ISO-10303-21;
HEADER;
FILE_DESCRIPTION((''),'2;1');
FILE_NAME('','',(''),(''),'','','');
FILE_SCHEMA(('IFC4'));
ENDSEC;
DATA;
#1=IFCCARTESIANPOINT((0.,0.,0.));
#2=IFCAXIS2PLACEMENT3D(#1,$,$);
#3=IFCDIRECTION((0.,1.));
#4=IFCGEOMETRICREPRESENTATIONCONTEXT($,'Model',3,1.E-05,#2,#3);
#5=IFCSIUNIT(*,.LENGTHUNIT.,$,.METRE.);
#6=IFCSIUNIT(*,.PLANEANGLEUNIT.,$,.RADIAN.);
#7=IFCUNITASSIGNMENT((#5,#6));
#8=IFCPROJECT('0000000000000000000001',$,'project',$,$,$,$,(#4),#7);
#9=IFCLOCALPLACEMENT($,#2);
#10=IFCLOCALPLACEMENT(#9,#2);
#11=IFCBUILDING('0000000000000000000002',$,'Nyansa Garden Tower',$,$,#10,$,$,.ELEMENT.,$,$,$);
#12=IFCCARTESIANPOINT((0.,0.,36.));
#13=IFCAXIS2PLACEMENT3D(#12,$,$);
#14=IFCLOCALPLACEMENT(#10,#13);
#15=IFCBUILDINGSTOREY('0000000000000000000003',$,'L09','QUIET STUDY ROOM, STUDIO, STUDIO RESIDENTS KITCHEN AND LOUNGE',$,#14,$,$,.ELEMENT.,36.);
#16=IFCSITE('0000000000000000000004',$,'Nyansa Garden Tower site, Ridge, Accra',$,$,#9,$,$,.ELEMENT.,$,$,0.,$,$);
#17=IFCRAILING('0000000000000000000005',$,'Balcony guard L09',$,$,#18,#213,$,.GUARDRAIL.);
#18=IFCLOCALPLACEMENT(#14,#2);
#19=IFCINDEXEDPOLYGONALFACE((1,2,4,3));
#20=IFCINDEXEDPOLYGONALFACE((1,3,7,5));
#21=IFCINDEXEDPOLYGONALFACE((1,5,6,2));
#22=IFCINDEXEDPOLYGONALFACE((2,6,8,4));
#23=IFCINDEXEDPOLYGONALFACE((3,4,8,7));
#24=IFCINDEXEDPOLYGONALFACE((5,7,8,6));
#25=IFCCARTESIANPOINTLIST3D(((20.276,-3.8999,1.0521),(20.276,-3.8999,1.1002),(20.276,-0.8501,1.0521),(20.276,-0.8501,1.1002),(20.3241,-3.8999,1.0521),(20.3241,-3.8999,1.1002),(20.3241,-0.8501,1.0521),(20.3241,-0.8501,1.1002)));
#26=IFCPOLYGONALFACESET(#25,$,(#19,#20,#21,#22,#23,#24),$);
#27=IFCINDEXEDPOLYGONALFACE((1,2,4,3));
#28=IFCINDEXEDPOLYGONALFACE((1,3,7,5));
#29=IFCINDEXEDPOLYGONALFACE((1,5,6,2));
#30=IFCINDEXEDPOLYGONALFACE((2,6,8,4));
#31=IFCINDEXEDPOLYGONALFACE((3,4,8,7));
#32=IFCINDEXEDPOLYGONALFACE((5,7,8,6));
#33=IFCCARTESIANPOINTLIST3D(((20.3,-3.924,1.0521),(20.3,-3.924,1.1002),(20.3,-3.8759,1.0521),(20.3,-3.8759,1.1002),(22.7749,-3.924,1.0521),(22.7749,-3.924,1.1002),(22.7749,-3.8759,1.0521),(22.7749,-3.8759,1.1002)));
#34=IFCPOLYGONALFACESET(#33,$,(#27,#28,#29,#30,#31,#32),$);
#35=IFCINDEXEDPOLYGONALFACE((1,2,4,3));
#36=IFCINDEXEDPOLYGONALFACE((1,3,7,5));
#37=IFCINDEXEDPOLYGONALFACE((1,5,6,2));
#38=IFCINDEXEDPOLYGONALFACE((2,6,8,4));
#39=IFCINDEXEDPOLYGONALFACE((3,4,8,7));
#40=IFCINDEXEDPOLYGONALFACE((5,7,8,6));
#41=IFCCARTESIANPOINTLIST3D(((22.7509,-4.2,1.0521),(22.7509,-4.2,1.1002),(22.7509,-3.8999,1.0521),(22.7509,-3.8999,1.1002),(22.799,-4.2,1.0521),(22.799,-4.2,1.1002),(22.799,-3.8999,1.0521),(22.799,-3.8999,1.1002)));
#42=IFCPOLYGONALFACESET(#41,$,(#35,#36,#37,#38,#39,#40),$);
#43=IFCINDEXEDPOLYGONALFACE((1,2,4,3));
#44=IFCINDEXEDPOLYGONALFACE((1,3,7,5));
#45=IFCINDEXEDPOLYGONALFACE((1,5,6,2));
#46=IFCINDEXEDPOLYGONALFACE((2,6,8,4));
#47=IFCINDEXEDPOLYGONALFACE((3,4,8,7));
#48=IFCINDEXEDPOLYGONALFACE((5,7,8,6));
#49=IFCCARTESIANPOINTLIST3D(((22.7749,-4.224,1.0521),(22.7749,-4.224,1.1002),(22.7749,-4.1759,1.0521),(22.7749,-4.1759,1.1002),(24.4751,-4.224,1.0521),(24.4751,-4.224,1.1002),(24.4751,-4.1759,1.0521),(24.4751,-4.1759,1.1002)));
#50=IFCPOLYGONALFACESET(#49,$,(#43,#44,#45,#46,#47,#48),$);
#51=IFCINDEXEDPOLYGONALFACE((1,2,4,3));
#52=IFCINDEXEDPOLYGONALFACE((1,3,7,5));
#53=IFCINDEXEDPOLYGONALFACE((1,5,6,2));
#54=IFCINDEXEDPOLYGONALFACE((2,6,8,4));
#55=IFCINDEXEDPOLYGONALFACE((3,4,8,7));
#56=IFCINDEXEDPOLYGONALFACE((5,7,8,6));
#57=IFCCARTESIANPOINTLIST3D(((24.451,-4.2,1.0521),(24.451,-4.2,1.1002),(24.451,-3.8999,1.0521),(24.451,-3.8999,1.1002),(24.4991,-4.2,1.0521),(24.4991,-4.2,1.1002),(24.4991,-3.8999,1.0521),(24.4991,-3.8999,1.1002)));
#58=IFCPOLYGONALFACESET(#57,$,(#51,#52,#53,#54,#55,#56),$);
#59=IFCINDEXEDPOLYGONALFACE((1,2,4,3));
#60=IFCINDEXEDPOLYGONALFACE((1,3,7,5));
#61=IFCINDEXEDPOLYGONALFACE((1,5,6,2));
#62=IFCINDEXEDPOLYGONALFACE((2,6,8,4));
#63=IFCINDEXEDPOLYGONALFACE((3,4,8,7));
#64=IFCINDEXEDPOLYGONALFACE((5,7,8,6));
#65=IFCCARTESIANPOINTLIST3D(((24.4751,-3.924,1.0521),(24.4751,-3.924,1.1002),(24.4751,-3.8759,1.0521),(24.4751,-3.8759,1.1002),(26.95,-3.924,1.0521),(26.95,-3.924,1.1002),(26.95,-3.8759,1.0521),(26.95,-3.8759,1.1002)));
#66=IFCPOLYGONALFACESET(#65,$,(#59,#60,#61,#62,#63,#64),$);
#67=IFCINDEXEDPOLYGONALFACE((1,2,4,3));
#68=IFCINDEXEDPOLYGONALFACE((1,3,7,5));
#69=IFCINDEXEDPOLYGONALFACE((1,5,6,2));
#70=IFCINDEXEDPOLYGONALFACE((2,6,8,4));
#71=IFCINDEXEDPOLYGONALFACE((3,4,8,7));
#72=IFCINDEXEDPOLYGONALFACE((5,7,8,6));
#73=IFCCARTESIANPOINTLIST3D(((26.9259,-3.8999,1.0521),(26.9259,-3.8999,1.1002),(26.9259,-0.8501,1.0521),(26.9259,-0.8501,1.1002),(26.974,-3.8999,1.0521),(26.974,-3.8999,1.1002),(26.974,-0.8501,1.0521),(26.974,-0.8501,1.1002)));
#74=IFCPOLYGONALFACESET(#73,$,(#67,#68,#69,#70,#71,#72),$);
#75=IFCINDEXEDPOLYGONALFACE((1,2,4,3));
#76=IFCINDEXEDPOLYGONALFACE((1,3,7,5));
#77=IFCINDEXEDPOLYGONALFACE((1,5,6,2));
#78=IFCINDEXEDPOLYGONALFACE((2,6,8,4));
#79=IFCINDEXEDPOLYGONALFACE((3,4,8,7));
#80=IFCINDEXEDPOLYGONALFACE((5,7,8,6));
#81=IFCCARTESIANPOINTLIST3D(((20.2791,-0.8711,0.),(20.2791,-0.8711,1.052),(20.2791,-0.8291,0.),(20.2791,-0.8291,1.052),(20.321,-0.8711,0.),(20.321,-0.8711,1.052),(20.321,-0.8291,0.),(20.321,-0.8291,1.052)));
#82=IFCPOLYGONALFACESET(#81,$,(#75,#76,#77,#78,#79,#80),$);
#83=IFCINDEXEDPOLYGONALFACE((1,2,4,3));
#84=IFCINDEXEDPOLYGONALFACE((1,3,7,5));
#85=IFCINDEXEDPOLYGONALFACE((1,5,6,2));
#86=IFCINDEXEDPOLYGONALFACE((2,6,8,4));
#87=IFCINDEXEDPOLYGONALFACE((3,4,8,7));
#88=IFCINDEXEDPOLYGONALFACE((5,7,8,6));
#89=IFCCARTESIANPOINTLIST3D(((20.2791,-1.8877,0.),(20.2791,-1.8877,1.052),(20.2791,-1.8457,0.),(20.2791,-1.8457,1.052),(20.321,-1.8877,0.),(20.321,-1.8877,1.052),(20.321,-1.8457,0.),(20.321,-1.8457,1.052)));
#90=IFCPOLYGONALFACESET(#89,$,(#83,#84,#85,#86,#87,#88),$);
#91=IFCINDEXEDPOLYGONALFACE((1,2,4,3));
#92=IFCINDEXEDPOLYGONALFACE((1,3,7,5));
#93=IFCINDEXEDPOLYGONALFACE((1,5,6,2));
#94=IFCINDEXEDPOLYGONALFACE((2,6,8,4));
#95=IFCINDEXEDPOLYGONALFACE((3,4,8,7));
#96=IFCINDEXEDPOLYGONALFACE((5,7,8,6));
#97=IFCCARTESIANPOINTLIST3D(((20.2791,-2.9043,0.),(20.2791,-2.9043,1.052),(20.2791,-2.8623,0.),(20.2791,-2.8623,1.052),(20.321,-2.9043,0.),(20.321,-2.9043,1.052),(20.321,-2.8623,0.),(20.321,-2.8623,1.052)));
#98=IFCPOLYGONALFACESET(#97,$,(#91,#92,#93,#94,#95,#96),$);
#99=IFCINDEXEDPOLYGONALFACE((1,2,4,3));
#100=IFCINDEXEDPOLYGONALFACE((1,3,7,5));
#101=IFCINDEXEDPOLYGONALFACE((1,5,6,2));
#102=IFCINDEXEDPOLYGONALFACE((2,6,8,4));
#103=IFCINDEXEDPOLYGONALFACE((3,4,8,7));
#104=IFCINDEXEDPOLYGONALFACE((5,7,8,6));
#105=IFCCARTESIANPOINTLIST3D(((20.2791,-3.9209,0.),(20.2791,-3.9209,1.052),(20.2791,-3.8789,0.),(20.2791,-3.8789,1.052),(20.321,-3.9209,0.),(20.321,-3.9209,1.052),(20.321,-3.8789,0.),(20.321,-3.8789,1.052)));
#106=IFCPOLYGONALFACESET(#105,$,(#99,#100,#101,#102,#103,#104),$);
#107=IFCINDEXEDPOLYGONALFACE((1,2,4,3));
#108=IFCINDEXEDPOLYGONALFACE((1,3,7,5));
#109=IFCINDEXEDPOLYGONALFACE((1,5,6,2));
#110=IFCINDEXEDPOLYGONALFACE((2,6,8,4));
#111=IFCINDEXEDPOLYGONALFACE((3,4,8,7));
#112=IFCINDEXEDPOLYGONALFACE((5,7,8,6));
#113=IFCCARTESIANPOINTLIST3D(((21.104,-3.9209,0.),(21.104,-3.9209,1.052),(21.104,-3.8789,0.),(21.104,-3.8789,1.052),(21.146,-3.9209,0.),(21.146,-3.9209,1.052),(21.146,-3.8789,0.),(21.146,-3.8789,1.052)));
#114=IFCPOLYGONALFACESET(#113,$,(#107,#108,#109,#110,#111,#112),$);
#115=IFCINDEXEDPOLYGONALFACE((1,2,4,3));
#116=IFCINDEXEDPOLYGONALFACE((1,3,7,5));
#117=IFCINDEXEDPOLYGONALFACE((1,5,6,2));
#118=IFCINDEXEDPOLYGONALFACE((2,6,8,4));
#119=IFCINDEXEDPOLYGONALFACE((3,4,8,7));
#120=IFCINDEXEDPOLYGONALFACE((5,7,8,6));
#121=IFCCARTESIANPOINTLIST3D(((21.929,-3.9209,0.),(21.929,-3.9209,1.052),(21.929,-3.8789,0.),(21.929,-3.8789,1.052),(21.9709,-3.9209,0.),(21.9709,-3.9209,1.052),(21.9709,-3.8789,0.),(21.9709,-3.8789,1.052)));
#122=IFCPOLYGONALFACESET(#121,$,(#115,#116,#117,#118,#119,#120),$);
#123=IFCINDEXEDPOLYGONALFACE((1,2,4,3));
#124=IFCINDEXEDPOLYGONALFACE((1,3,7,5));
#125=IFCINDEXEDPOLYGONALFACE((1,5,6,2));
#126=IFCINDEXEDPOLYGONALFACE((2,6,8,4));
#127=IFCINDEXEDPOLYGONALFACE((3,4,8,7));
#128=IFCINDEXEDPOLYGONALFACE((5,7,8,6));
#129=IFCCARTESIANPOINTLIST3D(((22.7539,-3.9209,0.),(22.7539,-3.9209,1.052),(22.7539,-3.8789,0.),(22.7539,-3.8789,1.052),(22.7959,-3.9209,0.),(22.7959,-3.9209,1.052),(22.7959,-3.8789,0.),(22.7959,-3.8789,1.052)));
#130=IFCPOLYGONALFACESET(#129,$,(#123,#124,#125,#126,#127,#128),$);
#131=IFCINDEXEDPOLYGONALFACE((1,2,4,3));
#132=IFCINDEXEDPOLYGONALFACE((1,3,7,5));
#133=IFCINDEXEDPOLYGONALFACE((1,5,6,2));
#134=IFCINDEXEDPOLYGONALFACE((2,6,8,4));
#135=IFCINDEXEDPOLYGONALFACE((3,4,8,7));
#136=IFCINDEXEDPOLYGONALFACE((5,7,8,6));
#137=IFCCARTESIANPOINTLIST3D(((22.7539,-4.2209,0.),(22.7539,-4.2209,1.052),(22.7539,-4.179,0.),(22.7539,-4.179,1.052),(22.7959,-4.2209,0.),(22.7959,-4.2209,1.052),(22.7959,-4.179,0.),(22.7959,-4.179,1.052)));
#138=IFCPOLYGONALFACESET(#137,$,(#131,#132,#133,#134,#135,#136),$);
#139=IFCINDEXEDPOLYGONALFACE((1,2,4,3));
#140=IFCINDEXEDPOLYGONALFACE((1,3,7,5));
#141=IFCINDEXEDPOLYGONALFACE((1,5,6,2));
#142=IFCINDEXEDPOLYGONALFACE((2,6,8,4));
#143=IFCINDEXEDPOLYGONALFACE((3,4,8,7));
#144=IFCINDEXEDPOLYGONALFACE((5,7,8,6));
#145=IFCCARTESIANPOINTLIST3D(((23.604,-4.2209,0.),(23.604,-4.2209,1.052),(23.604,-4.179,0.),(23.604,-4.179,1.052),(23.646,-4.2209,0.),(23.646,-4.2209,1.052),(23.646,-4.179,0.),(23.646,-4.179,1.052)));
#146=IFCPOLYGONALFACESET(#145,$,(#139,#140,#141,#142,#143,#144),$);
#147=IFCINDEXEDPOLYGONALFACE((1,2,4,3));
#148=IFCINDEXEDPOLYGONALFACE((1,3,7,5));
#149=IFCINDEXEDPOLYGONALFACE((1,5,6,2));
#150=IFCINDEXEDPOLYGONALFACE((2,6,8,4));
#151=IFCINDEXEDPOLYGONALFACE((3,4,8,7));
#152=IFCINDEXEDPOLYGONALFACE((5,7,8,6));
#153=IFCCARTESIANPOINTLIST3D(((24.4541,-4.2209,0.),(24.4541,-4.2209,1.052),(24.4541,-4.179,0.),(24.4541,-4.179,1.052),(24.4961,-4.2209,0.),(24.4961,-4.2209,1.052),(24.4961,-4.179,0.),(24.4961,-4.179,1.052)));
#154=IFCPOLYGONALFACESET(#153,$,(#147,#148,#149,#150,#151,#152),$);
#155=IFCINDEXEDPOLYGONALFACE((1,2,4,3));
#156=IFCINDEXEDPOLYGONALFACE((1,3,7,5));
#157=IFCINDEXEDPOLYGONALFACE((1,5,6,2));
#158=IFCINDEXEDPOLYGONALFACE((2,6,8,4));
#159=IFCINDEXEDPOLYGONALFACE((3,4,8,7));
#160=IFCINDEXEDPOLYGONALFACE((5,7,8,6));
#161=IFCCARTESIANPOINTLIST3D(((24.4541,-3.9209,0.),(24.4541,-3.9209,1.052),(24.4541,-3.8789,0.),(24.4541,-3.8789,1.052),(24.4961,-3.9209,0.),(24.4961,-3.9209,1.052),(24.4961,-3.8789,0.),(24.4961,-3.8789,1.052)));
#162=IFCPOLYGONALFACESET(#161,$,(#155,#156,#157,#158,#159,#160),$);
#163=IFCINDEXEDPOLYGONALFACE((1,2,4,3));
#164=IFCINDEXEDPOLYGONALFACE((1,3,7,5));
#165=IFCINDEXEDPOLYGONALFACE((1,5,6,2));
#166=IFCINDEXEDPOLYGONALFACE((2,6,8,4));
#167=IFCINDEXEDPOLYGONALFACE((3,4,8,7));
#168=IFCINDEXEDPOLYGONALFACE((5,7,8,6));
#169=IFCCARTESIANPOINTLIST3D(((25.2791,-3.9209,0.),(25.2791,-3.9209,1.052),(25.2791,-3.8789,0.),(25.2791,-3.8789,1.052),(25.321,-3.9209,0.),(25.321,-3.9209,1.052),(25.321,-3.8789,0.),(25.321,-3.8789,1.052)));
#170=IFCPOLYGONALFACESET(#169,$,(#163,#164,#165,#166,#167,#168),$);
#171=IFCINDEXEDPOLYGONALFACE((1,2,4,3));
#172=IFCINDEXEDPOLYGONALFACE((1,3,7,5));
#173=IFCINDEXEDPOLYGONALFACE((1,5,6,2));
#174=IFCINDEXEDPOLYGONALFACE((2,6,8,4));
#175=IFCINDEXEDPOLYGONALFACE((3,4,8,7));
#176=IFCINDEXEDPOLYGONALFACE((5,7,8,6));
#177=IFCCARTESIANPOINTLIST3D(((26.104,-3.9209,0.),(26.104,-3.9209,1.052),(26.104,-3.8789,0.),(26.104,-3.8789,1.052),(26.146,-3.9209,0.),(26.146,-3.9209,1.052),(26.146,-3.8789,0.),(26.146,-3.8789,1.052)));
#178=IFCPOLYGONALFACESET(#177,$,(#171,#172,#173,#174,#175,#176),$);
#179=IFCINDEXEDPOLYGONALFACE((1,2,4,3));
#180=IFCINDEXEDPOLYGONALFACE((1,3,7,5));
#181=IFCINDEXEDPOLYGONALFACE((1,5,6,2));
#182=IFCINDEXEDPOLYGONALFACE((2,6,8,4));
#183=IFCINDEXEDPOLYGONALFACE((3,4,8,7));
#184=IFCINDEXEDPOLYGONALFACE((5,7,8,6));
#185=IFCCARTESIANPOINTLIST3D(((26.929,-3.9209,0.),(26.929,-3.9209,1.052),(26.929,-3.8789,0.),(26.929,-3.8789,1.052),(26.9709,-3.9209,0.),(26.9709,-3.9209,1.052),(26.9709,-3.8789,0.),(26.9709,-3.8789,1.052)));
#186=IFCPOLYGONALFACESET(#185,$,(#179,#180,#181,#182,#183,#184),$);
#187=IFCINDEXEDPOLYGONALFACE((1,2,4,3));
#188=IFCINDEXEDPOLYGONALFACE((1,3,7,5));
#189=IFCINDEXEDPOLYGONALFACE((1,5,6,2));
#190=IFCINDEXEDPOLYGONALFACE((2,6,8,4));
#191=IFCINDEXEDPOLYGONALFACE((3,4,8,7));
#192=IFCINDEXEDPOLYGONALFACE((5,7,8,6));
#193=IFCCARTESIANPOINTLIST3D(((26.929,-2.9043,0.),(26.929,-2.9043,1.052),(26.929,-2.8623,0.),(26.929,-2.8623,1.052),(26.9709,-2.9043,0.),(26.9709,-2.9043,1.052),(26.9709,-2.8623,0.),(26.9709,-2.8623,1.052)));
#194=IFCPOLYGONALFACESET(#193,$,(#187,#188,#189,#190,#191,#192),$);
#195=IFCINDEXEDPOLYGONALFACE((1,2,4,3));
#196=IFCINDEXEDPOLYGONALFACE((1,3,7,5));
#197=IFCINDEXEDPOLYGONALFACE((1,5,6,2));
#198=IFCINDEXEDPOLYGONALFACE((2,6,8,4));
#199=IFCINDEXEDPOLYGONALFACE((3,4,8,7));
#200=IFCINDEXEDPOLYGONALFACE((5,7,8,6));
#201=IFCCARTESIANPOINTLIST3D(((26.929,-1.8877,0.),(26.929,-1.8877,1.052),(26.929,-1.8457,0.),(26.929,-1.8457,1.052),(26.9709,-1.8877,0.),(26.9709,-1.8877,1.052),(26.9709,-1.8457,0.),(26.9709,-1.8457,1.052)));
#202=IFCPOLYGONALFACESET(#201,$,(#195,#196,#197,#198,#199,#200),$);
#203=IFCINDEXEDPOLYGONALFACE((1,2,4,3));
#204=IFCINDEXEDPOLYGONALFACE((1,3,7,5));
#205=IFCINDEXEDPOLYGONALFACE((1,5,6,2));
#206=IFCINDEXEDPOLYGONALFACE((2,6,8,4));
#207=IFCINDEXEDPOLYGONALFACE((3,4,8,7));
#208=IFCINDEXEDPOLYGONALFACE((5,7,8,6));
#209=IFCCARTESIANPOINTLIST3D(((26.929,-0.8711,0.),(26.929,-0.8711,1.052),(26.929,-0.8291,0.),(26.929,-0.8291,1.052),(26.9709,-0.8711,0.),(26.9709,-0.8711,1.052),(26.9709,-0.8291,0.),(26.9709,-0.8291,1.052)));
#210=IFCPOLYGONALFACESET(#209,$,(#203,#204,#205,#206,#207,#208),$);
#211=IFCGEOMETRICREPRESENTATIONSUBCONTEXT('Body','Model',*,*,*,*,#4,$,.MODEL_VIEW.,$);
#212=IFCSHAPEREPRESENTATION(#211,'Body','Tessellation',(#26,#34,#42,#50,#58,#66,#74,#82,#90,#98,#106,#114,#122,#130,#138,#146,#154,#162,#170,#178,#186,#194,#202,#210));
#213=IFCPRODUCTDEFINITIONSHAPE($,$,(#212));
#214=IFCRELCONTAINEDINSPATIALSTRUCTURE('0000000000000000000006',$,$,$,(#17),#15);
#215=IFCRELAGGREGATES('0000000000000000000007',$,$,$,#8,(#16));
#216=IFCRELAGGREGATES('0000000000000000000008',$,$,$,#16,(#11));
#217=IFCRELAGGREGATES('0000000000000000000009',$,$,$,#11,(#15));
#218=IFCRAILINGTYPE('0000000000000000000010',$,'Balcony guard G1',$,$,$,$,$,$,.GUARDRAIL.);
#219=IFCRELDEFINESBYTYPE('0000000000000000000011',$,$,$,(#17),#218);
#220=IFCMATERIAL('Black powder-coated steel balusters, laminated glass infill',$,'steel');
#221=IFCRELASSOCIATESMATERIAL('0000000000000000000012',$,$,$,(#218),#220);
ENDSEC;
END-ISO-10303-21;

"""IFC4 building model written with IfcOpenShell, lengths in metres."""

from ifc_helpers import new_model, si_unit, direction, frame, origin, origin_2d, place, context, subcontext, project, spatial, rectangle, extrude, material, type_object, element, save


model = new_model("IFC4")

# Units and contexts
model_context = context("Model", 3, precision=1e-05, world=origin(), true_north=direction((0.0, 1.0)))
body_context = subcontext(model_context, "Body", "Model", "MODEL_VIEW")
ifc_project = project(units=[si_unit("LENGTHUNIT", "METRE"), si_unit("PLANEANGLEUNIT", "RADIAN")], contexts=[model_context])

# Site, building, storey
site_placement = place(None, origin())
site = spatial("IfcSite", under=ifc_project, at=site_placement, Name="Nyansa Garden Tower site, Ridge, Accra", CompositionType="ELEMENT", RefElevation=0.0)
building_placement = place(site_placement, origin())
building = spatial("IfcBuilding", under=site, at=building_placement, Name="Nyansa Garden Tower", CompositionType="ELEMENT")
storey_placement = place(building_placement, frame((0.0, 0.0, 36.0)))
storey = spatial("IfcBuildingStorey", under=building, at=storey_placement, Name="L09", Description="QUIET STUDY ROOM, STUDIO, STUDIO RESIDENTS KITCHEN AND LOUNGE", CompositionType="ELEMENT", Elevation=36.0)

# Railing
ifc_material_1 = material(Name="Black powder-coated steel balusters, laminated glass infill", Category="steel")
railing_type = type_object("IfcRailingType", Name="Balcony guard G1", PredefinedType="GUARDRAIL", material=ifc_material_1)
railing_placement = place(storey_placement, frame((20.3, -0.8501, 0.0)))
element("IfcRailing", 1, at=railing_placement, inside=storey, type_object=railing_type, Name="Balcony guard L09", PredefinedType="GUARDRAIL", context=body_context, shape_type="SweptSolid", body=[
    extrude(rectangle(XDim=0.0481, YDim=0.0481, at=origin_2d()), frame((0.0, 0.0, 1.0762), z_axis=(0.0, -1.0, 0.0), x_axis=(1.0, 0.0, 0.0)), (0.0, 0.0, 1.0), 3.0498),
    extrude(rectangle(XDim=0.0481, YDim=0.0481, at=origin_2d()), frame((0.0, -3.0498, 1.0762), z_axis=(1.0, 0.0, 0.0), x_axis=(0.0, 1.0, 0.0)), (0.0, 0.0, 1.0), 2.4749),
    extrude(rectangle(XDim=0.0481, YDim=0.0481, at=origin_2d()), frame((2.4749, -3.0498, 1.0762), z_axis=(0.0, -1.0, 0.0), x_axis=(1.0, 0.0, 0.0)), (0.0, 0.0, 1.0), 0.3),
    extrude(rectangle(XDim=0.0481, YDim=0.0481, at=origin_2d()), frame((2.4749, -3.3499, 1.0762), z_axis=(1.0, 0.0, 0.0), x_axis=(0.0, 1.0, 0.0)), (0.0, 0.0, 1.0), 1.7002),
    extrude(rectangle(XDim=0.0481, YDim=0.0481, at=origin_2d()), frame((4.175, -3.3499, 1.0762), z_axis=(0.0, 1.0, 0.0), x_axis=(-1.0, 0.0, 0.0)), (0.0, 0.0, 1.0), 0.3),
    extrude(rectangle(XDim=0.0481, YDim=0.0481, at=origin_2d()), frame((4.175, -3.0498, 1.0762), z_axis=(1.0, 0.0, 0.0), x_axis=(0.0, 1.0, 0.0)), (0.0, 0.0, 1.0), 2.4749),
    extrude(rectangle(XDim=0.0481, YDim=0.0481, at=origin_2d()), frame((6.6499, -3.0498, 1.0762), z_axis=(0.0, 1.0, 0.0), x_axis=(-1.0, 0.0, 0.0)), (0.0, 0.0, 1.0), 3.0498),
    extrude(rectangle(XDim=0.042, YDim=0.042, at=origin_2d()), origin(), (0.0, 0.0, 1.0), 1.052),
    extrude(rectangle(XDim=0.042, YDim=0.042, at=origin_2d()), frame((0.0, -1.0166, 0.0)), (0.0, 0.0, 1.0), 1.052),
    extrude(rectangle(XDim=0.042, YDim=0.042, at=origin_2d()), frame((0.0, -2.0332, 0.0)), (0.0, 0.0, 1.0), 1.052),
    extrude(rectangle(XDim=0.042, YDim=0.042, at=origin_2d()), frame((0.0, -3.0498, 0.0)), (0.0, 0.0, 1.0), 1.052),
    extrude(rectangle(XDim=0.042, YDim=0.042, at=origin_2d()), frame((0.825, -3.0498, 0.0)), (0.0, 0.0, 1.0), 1.052),
    extrude(rectangle(XDim=0.042, YDim=0.042, at=origin_2d()), frame((1.6499, -3.0498, 0.0)), (0.0, 0.0, 1.0), 1.052),
    extrude(rectangle(XDim=0.042, YDim=0.042, at=origin_2d()), frame((2.4749, -3.0498, 0.0)), (0.0, 0.0, 1.0), 1.052),
    extrude(rectangle(XDim=0.042, YDim=0.042, at=origin_2d()), frame((2.4749, -3.3499, 0.0)), (0.0, 0.0, 1.0), 1.052),
    extrude(rectangle(XDim=0.042, YDim=0.042, at=origin_2d()), frame((3.325, -3.3499, 0.0)), (0.0, 0.0, 1.0), 1.052),
    extrude(rectangle(XDim=0.042, YDim=0.042, at=origin_2d()), frame((4.175, -3.3499, 0.0)), (0.0, 0.0, 1.0), 1.052),
    extrude(rectangle(XDim=0.042, YDim=0.042, at=origin_2d()), frame((4.175, -3.0498, 0.0)), (0.0, 0.0, 1.0), 1.052),
    extrude(rectangle(XDim=0.042, YDim=0.042, at=origin_2d()), frame((5.0, -3.0498, 0.0)), (0.0, 0.0, 1.0), 1.052),
    extrude(rectangle(XDim=0.042, YDim=0.042, at=origin_2d()), frame((5.825, -3.0498, 0.0)), (0.0, 0.0, 1.0), 1.052),
    extrude(rectangle(XDim=0.042, YDim=0.042, at=origin_2d()), frame((6.6499, -3.0498, 0.0)), (0.0, 0.0, 1.0), 1.052),
    extrude(rectangle(XDim=0.042, YDim=0.042, at=origin_2d()), frame((6.6499, -2.0332, 0.0)), (0.0, 0.0, 1.0), 1.052),
    extrude(rectangle(XDim=0.042, YDim=0.042, at=origin_2d()), frame((6.6499, -1.0166, 0.0)), (0.0, 0.0, 1.0), 1.052),
    extrude(rectangle(XDim=0.042, YDim=0.042, at=origin_2d()), frame((6.6499, 0.0, 0.0)), (0.0, 0.0, 1.0), 1.052),
])

save(model, "model.ifc")
